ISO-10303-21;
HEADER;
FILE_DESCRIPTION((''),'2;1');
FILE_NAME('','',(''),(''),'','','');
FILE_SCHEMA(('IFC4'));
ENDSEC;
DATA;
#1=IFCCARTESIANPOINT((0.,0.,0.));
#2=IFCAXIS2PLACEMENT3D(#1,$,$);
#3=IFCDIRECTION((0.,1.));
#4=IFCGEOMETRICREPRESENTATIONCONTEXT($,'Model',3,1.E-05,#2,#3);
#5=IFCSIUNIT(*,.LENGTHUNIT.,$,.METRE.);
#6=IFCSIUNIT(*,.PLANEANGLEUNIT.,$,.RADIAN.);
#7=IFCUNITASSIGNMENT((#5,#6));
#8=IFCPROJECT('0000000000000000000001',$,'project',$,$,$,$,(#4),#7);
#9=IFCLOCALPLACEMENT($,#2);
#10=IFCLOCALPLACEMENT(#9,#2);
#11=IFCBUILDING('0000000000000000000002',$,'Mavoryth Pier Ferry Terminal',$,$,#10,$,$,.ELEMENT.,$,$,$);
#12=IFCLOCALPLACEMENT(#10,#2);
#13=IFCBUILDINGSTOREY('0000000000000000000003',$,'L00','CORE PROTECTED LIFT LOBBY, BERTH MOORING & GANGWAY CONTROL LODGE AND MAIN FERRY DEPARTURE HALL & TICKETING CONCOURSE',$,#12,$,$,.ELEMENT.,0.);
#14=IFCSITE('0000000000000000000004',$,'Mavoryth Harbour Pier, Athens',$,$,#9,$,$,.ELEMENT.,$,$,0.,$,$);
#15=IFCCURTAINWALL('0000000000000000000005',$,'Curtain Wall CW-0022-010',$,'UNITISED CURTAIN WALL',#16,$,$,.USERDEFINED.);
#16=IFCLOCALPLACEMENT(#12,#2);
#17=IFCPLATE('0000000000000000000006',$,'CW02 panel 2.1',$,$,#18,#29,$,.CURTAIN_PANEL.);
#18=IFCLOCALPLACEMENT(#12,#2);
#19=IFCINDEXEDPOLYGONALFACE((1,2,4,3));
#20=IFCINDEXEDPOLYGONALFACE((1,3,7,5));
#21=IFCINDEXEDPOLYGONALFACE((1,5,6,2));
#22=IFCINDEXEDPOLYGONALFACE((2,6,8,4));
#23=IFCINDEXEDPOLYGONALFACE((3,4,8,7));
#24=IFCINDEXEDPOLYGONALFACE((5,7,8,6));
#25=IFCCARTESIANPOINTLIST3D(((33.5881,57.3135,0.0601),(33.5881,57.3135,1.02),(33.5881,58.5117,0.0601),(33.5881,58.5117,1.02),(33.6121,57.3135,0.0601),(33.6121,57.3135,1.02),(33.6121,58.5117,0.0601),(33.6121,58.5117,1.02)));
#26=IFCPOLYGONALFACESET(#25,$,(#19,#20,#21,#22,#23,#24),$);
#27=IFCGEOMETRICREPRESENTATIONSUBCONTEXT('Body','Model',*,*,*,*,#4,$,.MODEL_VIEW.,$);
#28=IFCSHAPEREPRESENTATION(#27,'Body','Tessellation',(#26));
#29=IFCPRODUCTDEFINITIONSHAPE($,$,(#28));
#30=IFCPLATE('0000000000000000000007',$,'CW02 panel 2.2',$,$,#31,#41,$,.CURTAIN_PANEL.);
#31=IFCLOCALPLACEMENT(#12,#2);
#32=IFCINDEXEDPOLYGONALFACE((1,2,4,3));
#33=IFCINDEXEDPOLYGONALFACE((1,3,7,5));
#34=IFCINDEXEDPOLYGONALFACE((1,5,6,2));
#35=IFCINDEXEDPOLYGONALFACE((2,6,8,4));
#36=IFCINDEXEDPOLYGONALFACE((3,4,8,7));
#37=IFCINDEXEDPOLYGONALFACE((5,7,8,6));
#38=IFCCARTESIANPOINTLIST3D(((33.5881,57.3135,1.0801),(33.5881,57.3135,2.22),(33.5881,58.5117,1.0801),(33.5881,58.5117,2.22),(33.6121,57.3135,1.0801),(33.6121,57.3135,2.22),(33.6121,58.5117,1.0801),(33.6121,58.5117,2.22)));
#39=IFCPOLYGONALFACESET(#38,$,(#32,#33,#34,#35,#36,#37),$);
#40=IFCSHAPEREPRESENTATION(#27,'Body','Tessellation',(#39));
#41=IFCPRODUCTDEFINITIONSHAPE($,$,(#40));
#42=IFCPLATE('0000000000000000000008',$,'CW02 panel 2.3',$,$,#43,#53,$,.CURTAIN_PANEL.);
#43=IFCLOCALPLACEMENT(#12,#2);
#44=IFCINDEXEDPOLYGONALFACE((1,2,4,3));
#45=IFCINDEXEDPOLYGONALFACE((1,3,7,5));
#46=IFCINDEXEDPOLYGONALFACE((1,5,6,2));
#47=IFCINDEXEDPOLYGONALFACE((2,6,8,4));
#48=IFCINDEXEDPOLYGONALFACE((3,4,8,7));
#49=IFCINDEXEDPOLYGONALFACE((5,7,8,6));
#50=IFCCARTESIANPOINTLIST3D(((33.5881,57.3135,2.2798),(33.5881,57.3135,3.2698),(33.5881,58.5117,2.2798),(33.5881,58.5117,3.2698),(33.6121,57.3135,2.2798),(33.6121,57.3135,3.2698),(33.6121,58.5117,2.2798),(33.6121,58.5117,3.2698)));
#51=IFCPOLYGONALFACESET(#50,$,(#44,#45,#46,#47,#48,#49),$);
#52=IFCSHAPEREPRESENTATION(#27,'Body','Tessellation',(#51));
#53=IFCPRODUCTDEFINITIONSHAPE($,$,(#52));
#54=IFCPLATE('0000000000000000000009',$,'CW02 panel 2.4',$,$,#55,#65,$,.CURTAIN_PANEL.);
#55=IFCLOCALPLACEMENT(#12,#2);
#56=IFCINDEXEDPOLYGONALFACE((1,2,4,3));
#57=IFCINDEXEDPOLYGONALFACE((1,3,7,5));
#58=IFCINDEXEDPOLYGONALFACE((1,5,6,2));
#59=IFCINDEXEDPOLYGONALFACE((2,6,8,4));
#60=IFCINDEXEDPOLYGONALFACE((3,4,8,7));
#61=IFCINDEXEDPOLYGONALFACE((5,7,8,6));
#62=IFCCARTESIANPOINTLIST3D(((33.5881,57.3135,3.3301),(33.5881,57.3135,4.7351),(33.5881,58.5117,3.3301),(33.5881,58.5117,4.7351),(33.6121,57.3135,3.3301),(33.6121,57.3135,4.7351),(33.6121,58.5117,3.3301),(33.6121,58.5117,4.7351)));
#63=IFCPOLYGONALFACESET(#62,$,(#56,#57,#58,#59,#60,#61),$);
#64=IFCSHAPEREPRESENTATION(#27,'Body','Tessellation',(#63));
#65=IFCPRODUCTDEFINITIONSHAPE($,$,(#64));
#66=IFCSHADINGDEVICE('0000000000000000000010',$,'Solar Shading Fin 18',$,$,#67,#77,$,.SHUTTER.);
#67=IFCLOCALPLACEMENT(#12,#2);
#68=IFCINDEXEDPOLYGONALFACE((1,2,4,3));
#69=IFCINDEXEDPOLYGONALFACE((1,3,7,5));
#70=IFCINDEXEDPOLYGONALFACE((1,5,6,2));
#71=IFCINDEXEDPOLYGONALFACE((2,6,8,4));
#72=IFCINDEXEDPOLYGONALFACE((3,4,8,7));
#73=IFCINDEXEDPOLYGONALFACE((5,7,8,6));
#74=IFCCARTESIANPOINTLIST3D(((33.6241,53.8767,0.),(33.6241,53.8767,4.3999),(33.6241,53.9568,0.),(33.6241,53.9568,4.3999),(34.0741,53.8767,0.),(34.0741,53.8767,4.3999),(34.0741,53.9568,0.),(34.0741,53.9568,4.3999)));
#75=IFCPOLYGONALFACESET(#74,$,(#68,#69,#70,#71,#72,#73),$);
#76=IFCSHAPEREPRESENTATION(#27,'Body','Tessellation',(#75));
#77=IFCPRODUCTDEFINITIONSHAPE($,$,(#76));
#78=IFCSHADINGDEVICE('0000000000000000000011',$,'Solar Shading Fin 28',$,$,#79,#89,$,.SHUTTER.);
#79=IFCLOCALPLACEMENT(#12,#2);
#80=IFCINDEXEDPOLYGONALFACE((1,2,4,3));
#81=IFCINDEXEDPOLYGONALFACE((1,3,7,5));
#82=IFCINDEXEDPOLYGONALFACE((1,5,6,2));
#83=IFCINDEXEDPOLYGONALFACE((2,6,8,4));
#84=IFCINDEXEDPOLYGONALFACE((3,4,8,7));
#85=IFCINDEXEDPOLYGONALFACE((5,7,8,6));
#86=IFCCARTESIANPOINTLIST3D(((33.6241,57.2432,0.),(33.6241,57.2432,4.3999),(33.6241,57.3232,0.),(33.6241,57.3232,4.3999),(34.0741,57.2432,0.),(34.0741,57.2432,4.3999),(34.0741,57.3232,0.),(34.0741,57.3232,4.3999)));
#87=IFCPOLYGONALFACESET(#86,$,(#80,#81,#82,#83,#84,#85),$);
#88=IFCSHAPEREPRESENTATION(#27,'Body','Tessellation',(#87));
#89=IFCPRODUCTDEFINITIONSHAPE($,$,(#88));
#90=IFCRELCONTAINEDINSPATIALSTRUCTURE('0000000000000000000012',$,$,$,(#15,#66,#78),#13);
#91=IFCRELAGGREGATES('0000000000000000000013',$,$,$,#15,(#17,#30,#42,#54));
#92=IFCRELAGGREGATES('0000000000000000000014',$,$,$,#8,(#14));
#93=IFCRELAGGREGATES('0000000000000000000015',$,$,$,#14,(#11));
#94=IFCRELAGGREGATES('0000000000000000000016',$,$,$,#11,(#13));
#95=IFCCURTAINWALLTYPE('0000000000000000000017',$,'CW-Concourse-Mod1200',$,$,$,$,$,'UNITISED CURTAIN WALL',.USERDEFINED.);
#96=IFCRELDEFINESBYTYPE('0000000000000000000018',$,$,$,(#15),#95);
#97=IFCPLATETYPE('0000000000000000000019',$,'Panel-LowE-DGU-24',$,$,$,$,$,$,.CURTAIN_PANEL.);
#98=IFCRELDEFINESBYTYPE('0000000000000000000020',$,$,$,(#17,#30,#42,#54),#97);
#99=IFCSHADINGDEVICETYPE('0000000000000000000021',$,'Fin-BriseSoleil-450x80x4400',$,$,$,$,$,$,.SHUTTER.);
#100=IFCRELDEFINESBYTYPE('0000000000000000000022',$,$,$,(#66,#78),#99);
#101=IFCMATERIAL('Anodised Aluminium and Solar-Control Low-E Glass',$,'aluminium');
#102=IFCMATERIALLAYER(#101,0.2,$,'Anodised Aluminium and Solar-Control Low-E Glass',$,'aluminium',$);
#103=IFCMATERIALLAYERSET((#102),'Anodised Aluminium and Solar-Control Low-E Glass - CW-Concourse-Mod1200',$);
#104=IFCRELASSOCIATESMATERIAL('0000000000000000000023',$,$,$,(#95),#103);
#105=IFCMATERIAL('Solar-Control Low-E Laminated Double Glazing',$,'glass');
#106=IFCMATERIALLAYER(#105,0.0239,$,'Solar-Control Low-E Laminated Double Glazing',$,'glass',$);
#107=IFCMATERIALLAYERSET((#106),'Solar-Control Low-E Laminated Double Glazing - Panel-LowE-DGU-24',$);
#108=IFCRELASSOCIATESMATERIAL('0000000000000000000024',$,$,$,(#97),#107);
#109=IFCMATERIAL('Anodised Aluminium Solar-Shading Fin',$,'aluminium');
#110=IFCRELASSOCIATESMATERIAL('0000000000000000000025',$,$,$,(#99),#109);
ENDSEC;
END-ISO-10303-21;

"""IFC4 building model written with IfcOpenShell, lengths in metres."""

from ifc_helpers import new_model, si_unit, direction, frame, origin, origin_2d, place, context, subcontext, project, spatial, rectangle, extrude, material, layer, layer_set, type_object, element, aggregate, save


model = new_model("IFC4")

# Units and contexts
model_context = context("Model", 3, precision=1e-05, world=origin(), true_north=direction((0.0, 1.0)))
body_context = subcontext(model_context, "Body", "Model", "MODEL_VIEW")
ifc_project = project(units=[si_unit("LENGTHUNIT", "METRE"), si_unit("PLANEANGLEUNIT", "RADIAN")], contexts=[model_context])

# Site, building, storey
site_placement = place(None, origin())
site = spatial("IfcSite", under=ifc_project, at=site_placement, Name="Mavoryth Harbour Pier, Athens", CompositionType="ELEMENT", RefElevation=0.0)
building_placement = place(site_placement, origin())
building = spatial("IfcBuilding", under=site, at=building_placement, Name="Mavoryth Pier Ferry Terminal", CompositionType="ELEMENT")
storey_placement = place(building_placement, origin())
storey = spatial("IfcBuildingStorey", under=building, at=storey_placement, Name="L00", Description="CORE PROTECTED LIFT LOBBY, BERTH MOORING & GANGWAY CONTROL LODGE AND MAIN FERRY DEPARTURE HALL & TICKETING CONCOURSE", CompositionType="ELEMENT", Elevation=0.0)

# Curtain wall, plates
ifc_material_1 = material(Name="Anodised Aluminium and Solar-Control Low-E Glass", Category="aluminium")
ifc_layer_1 = layer(ifc_material_1, 0.2, Name="Anodised Aluminium and Solar-Control Low-E Glass", Category="aluminium")
ifc_layer_set_1 = layer_set([ifc_layer_1], Name="Anodised Aluminium and Solar-Control Low-E Glass - CW-Concourse-Mod1200")
curtain_wall_type = type_object("IfcCurtainWallType", Name="CW-Concourse-Mod1200", ElementType="UNITISED CURTAIN WALL", PredefinedType="USERDEFINED", material=ifc_layer_set_1)
curtain_wall_placement = place(storey_placement, origin())
curtain_wall = element("IfcCurtainWall", 1, at=curtain_wall_placement, inside=storey, type_object=curtain_wall_type, Name="Curtain Wall CW-0022-010", ObjectType="UNITISED CURTAIN WALL", PredefinedType="USERDEFINED")
ifc_material_2 = material(Name="Solar-Control Low-E Laminated Double Glazing", Category="glass")
ifc_layer_2 = layer(ifc_material_2, 0.0239, Name="Solar-Control Low-E Laminated Double Glazing", Category="glass")
ifc_layer_set_2 = layer_set([ifc_layer_2], Name="Solar-Control Low-E Laminated Double Glazing - Panel-LowE-DGU-24")
plate_type = type_object("IfcPlateType", Name="Panel-LowE-DGU-24", PredefinedType="CURTAIN_PANEL", material=ifc_layer_set_2)
plate_1_placement = place(storey_placement, frame((33.6001, 57.9126, 0.0601), z_axis=(0.0, 0.0, 1.0), x_axis=(0.0, 1.0, 0.0)))
plate_1 = element("IfcPlate", 2, at=plate_1_placement, type_object=plate_type, Name="CW02 panel 2.1", PredefinedType="CURTAIN_PANEL", context=body_context, shape_type="SweptSolid", body=[
    extrude(rectangle(XDim=1.1982, YDim=0.0239, at=origin_2d()), origin(), (0.0, 0.0, 1.0), 0.96),
])
plate_2_placement = place(storey_placement, frame((33.6001, 57.9126, 1.0801), z_axis=(0.0, 0.0, 1.0), x_axis=(0.0, 1.0, 0.0)))
plate_2 = element("IfcPlate", 3, at=plate_2_placement, type_object=plate_type, Name="CW02 panel 2.2", PredefinedType="CURTAIN_PANEL", context=body_context, shape_type="SweptSolid", body=[
    extrude(rectangle(XDim=1.1982, YDim=0.0239, at=origin_2d()), origin(), (0.0, 0.0, 1.0), 1.1399),
])
plate_3_placement = place(storey_placement, frame((33.6001, 57.9126, 2.2798), z_axis=(0.0, 0.0, 1.0), x_axis=(0.0, 1.0, 0.0)))
plate_3 = element("IfcPlate", 4, at=plate_3_placement, type_object=plate_type, Name="CW02 panel 2.3", PredefinedType="CURTAIN_PANEL", context=body_context, shape_type="SweptSolid", body=[
    extrude(rectangle(XDim=1.1982, YDim=0.0239, at=origin_2d()), origin(), (0.0, 0.0, 1.0), 0.99),
])
plate_4_placement = place(storey_placement, frame((33.6001, 57.9126, 3.3301), z_axis=(0.0, 0.0, 1.0), x_axis=(0.0, 1.0, 0.0)))
plate_4 = element("IfcPlate", 5, at=plate_4_placement, type_object=plate_type, Name="CW02 panel 2.4", PredefinedType="CURTAIN_PANEL", context=body_context, shape_type="SweptSolid", body=[
    extrude(rectangle(XDim=1.1982, YDim=0.0239, at=origin_2d()), origin(), (0.0, 0.0, 1.0), 1.405),
])
aggregate(curtain_wall, [plate_1, plate_2, plate_3, plate_4])

# Shading devices
ifc_material_3 = material(Name="Anodised Aluminium Solar-Shading Fin", Category="aluminium")
shading_device_type = type_object("IfcShadingDeviceType", Name="Fin-BriseSoleil-450x80x4400", PredefinedType="SHUTTER", material=ifc_material_3)
for number, where, z_axis, x_axis, name in (
    (6, (33.8491, 53.9167, 0.0), (0.0, 0.0, 1.0), (0.0, 1.0, 0.0), "Solar Shading Fin 18"),
    (7, (33.8491, 57.2832, 0.0), (0.0, 0.0, 1.0), (0.0, 1.0, 0.0), "Solar Shading Fin 28"),
):
    element("IfcShadingDevice", number, at=place(storey_placement, frame(where, z_axis=z_axis, x_axis=x_axis)), inside=storey, type_object=shading_device_type, Name=name, PredefinedType="SHUTTER", context=body_context, shape_type="SweptSolid", body=[
        extrude(rectangle(XDim=0.0801, YDim=0.45, at=origin_2d()), origin(), (0.0, 0.0, 1.0), 4.3999),
    ])

save(model, "model.ifc")
